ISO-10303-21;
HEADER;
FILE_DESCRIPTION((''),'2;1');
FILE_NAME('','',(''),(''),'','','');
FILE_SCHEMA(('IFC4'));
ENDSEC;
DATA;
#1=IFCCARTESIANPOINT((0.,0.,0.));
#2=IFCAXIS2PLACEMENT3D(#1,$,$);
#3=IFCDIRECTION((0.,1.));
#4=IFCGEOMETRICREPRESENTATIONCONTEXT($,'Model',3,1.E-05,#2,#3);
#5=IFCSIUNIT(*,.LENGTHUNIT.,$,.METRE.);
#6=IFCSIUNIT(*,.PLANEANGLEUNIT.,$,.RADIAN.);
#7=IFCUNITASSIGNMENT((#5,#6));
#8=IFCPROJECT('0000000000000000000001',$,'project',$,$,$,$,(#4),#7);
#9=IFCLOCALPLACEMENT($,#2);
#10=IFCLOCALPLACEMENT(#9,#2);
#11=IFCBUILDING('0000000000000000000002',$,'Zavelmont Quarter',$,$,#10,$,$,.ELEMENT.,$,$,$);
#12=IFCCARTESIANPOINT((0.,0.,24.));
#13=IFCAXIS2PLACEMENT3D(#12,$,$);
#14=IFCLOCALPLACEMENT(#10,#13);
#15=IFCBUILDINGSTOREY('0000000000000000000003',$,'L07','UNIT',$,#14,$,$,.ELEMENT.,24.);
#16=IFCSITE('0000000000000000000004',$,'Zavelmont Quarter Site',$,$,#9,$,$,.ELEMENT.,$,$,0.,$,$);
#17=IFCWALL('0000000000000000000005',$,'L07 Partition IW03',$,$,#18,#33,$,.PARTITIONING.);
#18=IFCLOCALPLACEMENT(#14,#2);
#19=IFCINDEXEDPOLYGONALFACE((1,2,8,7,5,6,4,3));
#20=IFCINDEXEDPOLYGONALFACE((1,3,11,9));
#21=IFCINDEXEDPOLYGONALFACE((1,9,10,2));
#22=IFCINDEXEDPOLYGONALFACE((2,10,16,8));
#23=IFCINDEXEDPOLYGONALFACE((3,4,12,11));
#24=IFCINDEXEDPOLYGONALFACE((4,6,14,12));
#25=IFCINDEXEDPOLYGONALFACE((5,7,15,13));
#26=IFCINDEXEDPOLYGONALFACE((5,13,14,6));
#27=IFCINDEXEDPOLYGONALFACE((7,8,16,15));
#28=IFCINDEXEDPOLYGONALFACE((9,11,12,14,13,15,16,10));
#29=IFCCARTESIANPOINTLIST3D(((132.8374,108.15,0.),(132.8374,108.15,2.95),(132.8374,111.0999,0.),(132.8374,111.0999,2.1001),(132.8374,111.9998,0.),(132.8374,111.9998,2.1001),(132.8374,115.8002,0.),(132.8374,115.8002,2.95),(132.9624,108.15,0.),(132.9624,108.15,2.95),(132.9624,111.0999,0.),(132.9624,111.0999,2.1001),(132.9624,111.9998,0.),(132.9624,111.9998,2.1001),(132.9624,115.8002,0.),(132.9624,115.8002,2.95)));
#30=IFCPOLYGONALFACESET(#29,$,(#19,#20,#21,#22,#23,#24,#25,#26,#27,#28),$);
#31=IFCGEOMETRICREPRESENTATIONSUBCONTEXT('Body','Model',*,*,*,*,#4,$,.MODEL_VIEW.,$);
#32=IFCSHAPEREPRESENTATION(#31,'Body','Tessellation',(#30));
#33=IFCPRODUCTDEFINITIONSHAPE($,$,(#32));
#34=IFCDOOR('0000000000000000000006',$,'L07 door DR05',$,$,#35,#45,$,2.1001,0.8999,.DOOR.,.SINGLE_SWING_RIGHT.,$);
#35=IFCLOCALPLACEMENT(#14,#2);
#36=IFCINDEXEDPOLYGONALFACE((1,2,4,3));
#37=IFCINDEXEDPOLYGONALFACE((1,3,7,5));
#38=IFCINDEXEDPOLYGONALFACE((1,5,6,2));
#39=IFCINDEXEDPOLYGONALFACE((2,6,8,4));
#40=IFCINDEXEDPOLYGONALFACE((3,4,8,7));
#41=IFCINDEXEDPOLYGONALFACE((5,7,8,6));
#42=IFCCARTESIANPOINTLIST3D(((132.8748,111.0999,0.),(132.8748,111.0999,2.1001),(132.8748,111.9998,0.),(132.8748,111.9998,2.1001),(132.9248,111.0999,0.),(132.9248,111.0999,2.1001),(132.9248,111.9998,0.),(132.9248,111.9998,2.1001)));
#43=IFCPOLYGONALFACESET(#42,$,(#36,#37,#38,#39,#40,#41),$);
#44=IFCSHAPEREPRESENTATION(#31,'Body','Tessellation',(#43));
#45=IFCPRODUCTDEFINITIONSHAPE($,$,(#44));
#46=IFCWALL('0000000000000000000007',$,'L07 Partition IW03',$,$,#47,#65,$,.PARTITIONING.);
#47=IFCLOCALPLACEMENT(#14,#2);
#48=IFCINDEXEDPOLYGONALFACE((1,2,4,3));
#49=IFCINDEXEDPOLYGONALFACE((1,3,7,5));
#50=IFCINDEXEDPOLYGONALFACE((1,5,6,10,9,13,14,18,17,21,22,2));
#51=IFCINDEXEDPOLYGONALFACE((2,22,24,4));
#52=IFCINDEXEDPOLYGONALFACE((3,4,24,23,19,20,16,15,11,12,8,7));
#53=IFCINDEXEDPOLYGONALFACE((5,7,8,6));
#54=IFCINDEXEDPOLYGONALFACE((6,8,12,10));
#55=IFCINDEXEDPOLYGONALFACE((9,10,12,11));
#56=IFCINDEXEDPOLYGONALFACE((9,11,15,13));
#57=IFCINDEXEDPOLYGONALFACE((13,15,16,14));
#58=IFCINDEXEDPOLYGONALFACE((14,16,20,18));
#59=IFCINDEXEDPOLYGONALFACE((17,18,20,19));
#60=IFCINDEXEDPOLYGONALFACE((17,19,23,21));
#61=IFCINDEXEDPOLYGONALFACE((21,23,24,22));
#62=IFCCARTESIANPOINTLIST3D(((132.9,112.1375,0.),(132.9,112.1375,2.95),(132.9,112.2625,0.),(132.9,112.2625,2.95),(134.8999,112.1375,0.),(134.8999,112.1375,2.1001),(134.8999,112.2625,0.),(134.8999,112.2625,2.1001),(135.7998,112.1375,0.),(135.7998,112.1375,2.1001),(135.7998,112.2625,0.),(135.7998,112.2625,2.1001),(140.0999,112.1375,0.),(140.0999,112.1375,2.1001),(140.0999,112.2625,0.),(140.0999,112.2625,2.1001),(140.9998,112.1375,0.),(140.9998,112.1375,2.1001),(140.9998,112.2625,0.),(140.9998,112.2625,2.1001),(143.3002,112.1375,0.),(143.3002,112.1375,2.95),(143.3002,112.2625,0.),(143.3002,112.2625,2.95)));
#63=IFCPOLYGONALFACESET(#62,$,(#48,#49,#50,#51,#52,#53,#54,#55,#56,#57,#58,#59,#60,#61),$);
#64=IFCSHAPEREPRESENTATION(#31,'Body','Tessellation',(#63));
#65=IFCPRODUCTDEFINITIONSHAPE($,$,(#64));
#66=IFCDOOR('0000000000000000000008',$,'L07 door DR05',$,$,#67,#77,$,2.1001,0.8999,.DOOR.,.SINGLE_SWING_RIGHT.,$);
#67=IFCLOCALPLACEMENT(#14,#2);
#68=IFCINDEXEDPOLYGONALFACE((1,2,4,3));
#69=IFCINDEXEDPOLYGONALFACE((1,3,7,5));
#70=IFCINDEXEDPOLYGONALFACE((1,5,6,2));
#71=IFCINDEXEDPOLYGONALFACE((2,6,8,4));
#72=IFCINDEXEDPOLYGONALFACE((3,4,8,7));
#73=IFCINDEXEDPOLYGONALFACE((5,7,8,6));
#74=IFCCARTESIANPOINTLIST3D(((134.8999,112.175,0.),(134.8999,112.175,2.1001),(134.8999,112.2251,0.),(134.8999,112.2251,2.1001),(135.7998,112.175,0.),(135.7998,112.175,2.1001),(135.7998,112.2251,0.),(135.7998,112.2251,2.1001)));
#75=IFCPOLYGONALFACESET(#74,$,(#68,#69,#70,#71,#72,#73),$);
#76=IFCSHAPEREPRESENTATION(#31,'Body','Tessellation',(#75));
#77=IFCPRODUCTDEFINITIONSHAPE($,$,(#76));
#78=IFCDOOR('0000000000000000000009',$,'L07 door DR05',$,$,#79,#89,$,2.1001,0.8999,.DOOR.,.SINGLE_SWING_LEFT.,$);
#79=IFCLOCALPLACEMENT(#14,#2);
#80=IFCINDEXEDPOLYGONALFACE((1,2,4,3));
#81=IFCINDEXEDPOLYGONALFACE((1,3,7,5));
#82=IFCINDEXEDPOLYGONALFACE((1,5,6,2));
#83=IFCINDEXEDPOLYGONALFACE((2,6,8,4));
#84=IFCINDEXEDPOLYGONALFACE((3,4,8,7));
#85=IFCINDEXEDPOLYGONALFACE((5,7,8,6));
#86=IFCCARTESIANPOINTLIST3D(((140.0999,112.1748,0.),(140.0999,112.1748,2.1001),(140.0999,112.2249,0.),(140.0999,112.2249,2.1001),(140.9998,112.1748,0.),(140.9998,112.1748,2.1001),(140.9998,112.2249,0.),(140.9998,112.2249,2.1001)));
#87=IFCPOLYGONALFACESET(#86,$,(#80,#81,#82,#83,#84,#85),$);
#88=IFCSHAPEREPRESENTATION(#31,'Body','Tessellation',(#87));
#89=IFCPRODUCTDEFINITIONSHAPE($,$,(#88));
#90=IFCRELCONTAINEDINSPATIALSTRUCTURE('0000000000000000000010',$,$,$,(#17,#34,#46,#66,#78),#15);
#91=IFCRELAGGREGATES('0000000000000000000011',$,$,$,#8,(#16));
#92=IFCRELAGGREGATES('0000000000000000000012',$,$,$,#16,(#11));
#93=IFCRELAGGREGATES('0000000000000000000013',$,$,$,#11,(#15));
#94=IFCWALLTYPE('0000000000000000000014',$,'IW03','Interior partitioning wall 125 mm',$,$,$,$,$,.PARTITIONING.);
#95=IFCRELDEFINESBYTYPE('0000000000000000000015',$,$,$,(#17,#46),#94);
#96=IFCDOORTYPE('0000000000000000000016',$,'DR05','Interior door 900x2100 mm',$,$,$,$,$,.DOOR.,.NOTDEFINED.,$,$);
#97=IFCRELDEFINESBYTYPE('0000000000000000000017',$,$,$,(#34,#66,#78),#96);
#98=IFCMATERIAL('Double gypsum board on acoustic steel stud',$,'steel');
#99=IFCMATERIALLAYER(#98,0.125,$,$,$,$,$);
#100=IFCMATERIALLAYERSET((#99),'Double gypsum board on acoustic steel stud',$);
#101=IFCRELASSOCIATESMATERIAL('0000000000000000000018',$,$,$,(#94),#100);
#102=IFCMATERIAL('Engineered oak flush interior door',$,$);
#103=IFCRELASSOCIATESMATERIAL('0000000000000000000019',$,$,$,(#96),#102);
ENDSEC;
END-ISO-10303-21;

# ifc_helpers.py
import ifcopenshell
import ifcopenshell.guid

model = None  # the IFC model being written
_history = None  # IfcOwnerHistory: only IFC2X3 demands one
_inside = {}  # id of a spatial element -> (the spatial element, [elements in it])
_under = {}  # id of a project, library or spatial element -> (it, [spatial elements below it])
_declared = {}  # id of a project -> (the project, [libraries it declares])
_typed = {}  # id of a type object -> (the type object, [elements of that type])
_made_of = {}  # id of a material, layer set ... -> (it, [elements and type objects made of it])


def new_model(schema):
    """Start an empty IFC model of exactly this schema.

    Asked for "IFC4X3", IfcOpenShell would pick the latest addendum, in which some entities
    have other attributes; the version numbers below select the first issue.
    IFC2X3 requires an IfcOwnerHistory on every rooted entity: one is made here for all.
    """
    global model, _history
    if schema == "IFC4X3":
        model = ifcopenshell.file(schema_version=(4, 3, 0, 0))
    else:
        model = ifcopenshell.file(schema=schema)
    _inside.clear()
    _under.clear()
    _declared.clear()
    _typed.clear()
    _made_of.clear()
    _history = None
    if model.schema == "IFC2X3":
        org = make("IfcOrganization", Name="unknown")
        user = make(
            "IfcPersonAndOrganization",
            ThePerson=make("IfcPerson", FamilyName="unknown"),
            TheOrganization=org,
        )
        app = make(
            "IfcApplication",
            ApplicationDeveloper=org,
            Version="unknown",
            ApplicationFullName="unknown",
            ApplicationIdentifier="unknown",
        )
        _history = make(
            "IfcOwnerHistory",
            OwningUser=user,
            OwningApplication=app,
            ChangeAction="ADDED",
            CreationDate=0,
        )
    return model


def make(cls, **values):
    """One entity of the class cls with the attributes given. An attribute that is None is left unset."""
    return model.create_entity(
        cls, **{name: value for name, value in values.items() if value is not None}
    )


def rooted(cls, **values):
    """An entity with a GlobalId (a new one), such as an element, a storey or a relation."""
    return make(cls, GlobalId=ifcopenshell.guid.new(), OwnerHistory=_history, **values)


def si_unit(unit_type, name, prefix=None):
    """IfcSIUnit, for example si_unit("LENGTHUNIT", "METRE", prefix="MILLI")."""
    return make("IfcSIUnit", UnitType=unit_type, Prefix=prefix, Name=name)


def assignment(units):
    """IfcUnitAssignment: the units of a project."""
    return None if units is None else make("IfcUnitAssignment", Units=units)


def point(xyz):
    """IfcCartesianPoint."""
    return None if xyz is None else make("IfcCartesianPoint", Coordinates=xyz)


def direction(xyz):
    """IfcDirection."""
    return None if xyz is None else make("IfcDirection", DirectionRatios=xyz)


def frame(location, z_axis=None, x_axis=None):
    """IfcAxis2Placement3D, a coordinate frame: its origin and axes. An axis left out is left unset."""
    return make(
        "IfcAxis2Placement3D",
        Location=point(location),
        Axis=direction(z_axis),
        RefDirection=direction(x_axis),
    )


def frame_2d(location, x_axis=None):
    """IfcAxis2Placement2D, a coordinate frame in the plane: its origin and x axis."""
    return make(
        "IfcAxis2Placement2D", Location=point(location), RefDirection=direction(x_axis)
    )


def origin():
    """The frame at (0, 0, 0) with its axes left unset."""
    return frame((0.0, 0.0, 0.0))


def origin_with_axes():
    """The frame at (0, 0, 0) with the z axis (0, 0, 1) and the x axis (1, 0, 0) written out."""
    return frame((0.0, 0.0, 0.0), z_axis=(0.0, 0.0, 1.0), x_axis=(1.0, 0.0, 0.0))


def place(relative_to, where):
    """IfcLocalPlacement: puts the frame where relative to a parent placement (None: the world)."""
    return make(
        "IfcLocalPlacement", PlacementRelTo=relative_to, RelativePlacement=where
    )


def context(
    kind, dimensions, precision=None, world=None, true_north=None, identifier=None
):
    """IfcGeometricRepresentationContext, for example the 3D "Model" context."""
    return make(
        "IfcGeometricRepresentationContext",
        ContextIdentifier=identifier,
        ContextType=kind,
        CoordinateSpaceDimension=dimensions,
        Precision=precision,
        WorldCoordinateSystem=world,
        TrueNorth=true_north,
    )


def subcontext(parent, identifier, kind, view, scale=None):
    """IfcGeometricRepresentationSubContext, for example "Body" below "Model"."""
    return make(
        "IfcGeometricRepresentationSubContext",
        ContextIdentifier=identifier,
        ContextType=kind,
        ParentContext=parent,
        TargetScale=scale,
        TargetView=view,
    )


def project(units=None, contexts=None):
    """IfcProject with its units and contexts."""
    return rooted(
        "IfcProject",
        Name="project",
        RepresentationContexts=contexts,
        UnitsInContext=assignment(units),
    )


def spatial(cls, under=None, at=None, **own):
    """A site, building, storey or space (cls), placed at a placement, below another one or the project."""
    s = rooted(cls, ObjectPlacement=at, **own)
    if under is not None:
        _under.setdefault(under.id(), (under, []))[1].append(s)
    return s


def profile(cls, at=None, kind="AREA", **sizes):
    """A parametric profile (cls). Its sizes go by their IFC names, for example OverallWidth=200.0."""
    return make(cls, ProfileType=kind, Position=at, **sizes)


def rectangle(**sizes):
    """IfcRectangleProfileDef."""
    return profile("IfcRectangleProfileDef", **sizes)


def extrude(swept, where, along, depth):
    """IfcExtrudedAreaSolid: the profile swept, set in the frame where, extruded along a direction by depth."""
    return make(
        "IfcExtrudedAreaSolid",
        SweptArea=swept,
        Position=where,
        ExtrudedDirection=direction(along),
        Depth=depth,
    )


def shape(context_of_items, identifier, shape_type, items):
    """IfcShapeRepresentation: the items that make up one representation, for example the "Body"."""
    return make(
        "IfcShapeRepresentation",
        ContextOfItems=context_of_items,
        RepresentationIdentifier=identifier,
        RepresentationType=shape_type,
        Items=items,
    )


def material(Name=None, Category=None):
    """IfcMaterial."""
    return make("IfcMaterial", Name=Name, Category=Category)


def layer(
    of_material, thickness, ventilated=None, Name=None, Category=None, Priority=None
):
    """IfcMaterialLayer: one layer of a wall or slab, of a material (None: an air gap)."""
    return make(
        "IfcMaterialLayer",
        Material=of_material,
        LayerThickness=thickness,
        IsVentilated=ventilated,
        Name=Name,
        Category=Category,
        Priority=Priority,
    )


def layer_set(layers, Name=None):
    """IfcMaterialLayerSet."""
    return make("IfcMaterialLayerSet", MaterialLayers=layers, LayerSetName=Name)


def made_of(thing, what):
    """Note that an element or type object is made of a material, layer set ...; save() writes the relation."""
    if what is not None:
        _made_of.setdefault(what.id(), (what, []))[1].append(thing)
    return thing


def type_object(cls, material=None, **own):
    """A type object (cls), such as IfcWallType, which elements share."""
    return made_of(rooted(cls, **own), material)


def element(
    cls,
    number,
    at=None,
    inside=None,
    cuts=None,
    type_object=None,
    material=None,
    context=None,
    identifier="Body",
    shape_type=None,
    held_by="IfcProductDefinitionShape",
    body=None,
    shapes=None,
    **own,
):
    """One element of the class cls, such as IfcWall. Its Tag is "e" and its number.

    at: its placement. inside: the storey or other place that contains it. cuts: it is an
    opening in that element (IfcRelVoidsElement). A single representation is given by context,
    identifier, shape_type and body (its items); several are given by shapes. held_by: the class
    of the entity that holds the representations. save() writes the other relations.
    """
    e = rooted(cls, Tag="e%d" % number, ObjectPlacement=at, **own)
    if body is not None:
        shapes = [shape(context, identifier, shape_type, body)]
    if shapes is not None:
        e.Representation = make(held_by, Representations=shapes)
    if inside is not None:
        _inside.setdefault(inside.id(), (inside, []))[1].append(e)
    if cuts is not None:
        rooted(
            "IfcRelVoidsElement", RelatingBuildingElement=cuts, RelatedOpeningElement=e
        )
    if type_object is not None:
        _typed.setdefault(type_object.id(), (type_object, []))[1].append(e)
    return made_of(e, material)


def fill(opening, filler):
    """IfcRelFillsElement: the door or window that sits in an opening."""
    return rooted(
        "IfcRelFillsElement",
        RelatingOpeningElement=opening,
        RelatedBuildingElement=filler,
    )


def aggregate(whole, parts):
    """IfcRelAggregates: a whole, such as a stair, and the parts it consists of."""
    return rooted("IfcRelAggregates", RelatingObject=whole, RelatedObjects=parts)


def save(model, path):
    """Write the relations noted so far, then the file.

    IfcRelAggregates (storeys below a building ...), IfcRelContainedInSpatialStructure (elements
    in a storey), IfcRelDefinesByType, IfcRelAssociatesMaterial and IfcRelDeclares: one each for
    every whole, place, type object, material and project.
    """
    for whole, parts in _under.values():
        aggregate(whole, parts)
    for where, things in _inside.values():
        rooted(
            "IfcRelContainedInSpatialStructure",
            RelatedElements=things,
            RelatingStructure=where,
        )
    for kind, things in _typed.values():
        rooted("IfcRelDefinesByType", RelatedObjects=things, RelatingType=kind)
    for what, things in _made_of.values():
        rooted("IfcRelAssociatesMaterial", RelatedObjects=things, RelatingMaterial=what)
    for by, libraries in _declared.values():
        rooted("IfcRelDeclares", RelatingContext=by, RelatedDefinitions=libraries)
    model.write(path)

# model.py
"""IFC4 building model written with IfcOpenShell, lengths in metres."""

from ifc_helpers import new_model, si_unit, direction, frame, frame_2d, origin, origin_with_axes, place, context, subcontext, project, spatial, rectangle, extrude, material, layer, layer_set, type_object, element, fill, save


model = new_model("IFC4")

# Units and contexts
model_context = context("Model", 3, precision=1e-05, world=origin(), true_north=direction((0.0, 1.0)))
body_context = subcontext(model_context, "Body", "Model", "MODEL_VIEW")
ifc_project = project(units=[si_unit("LENGTHUNIT", "METRE"), si_unit("PLANEANGLEUNIT", "RADIAN")], contexts=[model_context])

# Site, building, storey
site_placement = place(None, origin())
site = spatial("IfcSite", under=ifc_project, at=site_placement, Name="Zavelmont Quarter Site", CompositionType="ELEMENT", RefElevation=0.0)
building_placement = place(site_placement, origin())
building = spatial("IfcBuilding", under=site, at=building_placement, Name="Zavelmont Quarter", CompositionType="ELEMENT")
storey_placement = place(building_placement, frame((0.0, 0.0, 24.0)))
storey = spatial("IfcBuildingStorey", under=building, at=storey_placement, Name="L07", Description="UNIT", CompositionType="ELEMENT", Elevation=24.0)

# Wall, opening, door
ifc_material_1 = material(Name="Double gypsum board on acoustic steel stud", Category="steel")
ifc_layer_1 = layer(ifc_material_1, 0.125)
ifc_layer_set_1 = layer_set([ifc_layer_1], Name="Double gypsum board on acoustic steel stud")
wall_type_1 = type_object("IfcWallType", Name="IW03", Description="Interior partitioning wall 125 mm", PredefinedType="PARTITIONING", material=ifc_layer_set_1)
wall_1_placement = place(storey_placement, frame((132.8999, 108.1499, 0.0), z_axis=(0.0, 0.0, 1.0), x_axis=(0.0, 1.0, 0.0)))
wall_1 = element("IfcWall", 1, at=wall_1_placement, inside=storey, type_object=wall_type_1, Name="L07 Partition IW03", PredefinedType="PARTITIONING", context=body_context, shape_type="SweptSolid", body=[
    extrude(rectangle(XDim=7.6501, YDim=0.125, at=frame_2d((3.8252, 0.0))), origin(), (0.0, 0.0, 1.0), 2.95),
])
opening_1_placement = place(wall_1_placement, frame((2.95, 0.0, 0.0)))
opening_1 = element("IfcOpeningElement", 2, at=opening_1_placement, cuts=wall_1, PredefinedType="OPENING", context=body_context, shape_type="SweptSolid", body=[
    extrude(rectangle(XDim=0.8999, YDim=2.1001, at=frame_2d((0.45, 1.05))), frame((0.0, 0.0745, 0.0), z_axis=(0.0, -1.0, 0.0), x_axis=(1.0, 0.0, 0.0)), (0.0, 0.0, 1.0), 0.1489),
])
ifc_material_2 = material(Name="Engineered oak flush interior door")
door_type_1 = type_object("IfcDoorType", Name="DR05", Description="Interior door 900x2100 mm", OperationType="NOTDEFINED", PredefinedType="DOOR", material=ifc_material_2)
door_1_placement = place(opening_1_placement, frame((0.8999, 0.0, 0.0), z_axis=(0.0, 0.0, 1.0), x_axis=(-1.0, 0.0, 0.0)))
door_1 = element("IfcDoor", 3, at=door_1_placement, inside=storey, type_object=door_type_1, Name="L07 door DR05", OperationType="SINGLE_SWING_RIGHT", OverallHeight=2.1001, OverallWidth=0.8999, PredefinedType="DOOR", context=body_context, shape_type="SweptSolid", body=[
    extrude(rectangle(XDim=0.8999, YDim=2.1001, at=frame_2d((0.45, 1.05))), frame((0.0, 0.0249, 0.0), z_axis=(0.0, -1.0, 0.0), x_axis=(1.0, 0.0, 0.0)), (0.0, 0.0, 1.0), 0.05),
])
fill(opening_1, door_1)

# Wall, openings, doors
wall_2_placement = place(storey_placement, frame((132.8999, 112.2, 0.0), z_axis=(0.0, 0.0, 1.0), x_axis=(1.0, 0.0, 0.0)))
wall_2 = element("IfcWall", 4, at=wall_2_placement, inside=storey, type_object=wall_type_1, Name="L07 Partition IW03", PredefinedType="PARTITIONING", context=body_context, shape_type="SweptSolid", body=[
    extrude(rectangle(XDim=10.4001, YDim=0.125, at=frame_2d((5.2002, 0.0))), origin(), (0.0, 0.0, 1.0), 2.95),
])
opening_2_placement = place(wall_2_placement, frame((2.0, 0.0, 0.0)))
opening_2 = element("IfcOpeningElement", 5, at=opening_2_placement, cuts=wall_2, PredefinedType="OPENING", context=body_context, shape_type="SweptSolid", body=[
    extrude(rectangle(XDim=0.8999, YDim=2.1001, at=frame_2d((0.45, 1.05))), frame((0.0, 0.0745, 0.0), z_axis=(0.0, -1.0, 0.0), x_axis=(1.0, 0.0, 0.0)), (0.0, 0.0, 1.0), 0.1489),
])
opening_3_placement = place(wall_2_placement, frame((7.2, 0.0, 0.0)))
opening_3 = element("IfcOpeningElement", 6, at=opening_3_placement, cuts=wall_2, PredefinedType="OPENING", context=body_context, shape_type="SweptSolid", body=[
    extrude(rectangle(XDim=0.8999, YDim=2.1001, at=frame_2d((0.45, 1.05))), frame((0.0, 0.0745, 0.0), z_axis=(0.0, -1.0, 0.0), x_axis=(1.0, 0.0, 0.0)), (0.0, 0.0, 1.0), 0.1489),
])
door_2_placement = place(opening_2_placement, frame((0.8999, 0.0, 0.0), z_axis=(0.0, 0.0, 1.0), x_axis=(-1.0, 0.0, 0.0)))
door_2 = element("IfcDoor", 7, at=door_2_placement, inside=storey, type_object=door_type_1, Name="L07 door DR05", OperationType="SINGLE_SWING_RIGHT", OverallHeight=2.1001, OverallWidth=0.8999, PredefinedType="DOOR", context=body_context, shape_type="SweptSolid", body=[
    extrude(rectangle(XDim=0.8999, YDim=2.1001, at=frame_2d((0.45, 1.05))), frame((0.0, 0.0249, 0.0), z_axis=(0.0, -1.0, 0.0), x_axis=(1.0, 0.0, 0.0)), (0.0, 0.0, 1.0), 0.05),
])
fill(opening_2, door_2)
door_3_placement = place(opening_3_placement, origin_with_axes())
door_3 = element("IfcDoor", 8, at=door_3_placement, inside=storey, type_object=door_type_1, Name="L07 door DR05", OperationType="SINGLE_SWING_LEFT", OverallHeight=2.1001, OverallWidth=0.8999, PredefinedType="DOOR", context=body_context, shape_type="SweptSolid", body=[
    extrude(rectangle(XDim=0.8999, YDim=2.1001, at=frame_2d((0.45, 1.05))), frame((0.0, 0.0249, 0.0), z_axis=(0.0, -1.0, 0.0), x_axis=(1.0, 0.0, 0.0)), (0.0, 0.0, 1.0), 0.05),
])
fill(opening_3, door_3)

save(model, "model.ifc")
